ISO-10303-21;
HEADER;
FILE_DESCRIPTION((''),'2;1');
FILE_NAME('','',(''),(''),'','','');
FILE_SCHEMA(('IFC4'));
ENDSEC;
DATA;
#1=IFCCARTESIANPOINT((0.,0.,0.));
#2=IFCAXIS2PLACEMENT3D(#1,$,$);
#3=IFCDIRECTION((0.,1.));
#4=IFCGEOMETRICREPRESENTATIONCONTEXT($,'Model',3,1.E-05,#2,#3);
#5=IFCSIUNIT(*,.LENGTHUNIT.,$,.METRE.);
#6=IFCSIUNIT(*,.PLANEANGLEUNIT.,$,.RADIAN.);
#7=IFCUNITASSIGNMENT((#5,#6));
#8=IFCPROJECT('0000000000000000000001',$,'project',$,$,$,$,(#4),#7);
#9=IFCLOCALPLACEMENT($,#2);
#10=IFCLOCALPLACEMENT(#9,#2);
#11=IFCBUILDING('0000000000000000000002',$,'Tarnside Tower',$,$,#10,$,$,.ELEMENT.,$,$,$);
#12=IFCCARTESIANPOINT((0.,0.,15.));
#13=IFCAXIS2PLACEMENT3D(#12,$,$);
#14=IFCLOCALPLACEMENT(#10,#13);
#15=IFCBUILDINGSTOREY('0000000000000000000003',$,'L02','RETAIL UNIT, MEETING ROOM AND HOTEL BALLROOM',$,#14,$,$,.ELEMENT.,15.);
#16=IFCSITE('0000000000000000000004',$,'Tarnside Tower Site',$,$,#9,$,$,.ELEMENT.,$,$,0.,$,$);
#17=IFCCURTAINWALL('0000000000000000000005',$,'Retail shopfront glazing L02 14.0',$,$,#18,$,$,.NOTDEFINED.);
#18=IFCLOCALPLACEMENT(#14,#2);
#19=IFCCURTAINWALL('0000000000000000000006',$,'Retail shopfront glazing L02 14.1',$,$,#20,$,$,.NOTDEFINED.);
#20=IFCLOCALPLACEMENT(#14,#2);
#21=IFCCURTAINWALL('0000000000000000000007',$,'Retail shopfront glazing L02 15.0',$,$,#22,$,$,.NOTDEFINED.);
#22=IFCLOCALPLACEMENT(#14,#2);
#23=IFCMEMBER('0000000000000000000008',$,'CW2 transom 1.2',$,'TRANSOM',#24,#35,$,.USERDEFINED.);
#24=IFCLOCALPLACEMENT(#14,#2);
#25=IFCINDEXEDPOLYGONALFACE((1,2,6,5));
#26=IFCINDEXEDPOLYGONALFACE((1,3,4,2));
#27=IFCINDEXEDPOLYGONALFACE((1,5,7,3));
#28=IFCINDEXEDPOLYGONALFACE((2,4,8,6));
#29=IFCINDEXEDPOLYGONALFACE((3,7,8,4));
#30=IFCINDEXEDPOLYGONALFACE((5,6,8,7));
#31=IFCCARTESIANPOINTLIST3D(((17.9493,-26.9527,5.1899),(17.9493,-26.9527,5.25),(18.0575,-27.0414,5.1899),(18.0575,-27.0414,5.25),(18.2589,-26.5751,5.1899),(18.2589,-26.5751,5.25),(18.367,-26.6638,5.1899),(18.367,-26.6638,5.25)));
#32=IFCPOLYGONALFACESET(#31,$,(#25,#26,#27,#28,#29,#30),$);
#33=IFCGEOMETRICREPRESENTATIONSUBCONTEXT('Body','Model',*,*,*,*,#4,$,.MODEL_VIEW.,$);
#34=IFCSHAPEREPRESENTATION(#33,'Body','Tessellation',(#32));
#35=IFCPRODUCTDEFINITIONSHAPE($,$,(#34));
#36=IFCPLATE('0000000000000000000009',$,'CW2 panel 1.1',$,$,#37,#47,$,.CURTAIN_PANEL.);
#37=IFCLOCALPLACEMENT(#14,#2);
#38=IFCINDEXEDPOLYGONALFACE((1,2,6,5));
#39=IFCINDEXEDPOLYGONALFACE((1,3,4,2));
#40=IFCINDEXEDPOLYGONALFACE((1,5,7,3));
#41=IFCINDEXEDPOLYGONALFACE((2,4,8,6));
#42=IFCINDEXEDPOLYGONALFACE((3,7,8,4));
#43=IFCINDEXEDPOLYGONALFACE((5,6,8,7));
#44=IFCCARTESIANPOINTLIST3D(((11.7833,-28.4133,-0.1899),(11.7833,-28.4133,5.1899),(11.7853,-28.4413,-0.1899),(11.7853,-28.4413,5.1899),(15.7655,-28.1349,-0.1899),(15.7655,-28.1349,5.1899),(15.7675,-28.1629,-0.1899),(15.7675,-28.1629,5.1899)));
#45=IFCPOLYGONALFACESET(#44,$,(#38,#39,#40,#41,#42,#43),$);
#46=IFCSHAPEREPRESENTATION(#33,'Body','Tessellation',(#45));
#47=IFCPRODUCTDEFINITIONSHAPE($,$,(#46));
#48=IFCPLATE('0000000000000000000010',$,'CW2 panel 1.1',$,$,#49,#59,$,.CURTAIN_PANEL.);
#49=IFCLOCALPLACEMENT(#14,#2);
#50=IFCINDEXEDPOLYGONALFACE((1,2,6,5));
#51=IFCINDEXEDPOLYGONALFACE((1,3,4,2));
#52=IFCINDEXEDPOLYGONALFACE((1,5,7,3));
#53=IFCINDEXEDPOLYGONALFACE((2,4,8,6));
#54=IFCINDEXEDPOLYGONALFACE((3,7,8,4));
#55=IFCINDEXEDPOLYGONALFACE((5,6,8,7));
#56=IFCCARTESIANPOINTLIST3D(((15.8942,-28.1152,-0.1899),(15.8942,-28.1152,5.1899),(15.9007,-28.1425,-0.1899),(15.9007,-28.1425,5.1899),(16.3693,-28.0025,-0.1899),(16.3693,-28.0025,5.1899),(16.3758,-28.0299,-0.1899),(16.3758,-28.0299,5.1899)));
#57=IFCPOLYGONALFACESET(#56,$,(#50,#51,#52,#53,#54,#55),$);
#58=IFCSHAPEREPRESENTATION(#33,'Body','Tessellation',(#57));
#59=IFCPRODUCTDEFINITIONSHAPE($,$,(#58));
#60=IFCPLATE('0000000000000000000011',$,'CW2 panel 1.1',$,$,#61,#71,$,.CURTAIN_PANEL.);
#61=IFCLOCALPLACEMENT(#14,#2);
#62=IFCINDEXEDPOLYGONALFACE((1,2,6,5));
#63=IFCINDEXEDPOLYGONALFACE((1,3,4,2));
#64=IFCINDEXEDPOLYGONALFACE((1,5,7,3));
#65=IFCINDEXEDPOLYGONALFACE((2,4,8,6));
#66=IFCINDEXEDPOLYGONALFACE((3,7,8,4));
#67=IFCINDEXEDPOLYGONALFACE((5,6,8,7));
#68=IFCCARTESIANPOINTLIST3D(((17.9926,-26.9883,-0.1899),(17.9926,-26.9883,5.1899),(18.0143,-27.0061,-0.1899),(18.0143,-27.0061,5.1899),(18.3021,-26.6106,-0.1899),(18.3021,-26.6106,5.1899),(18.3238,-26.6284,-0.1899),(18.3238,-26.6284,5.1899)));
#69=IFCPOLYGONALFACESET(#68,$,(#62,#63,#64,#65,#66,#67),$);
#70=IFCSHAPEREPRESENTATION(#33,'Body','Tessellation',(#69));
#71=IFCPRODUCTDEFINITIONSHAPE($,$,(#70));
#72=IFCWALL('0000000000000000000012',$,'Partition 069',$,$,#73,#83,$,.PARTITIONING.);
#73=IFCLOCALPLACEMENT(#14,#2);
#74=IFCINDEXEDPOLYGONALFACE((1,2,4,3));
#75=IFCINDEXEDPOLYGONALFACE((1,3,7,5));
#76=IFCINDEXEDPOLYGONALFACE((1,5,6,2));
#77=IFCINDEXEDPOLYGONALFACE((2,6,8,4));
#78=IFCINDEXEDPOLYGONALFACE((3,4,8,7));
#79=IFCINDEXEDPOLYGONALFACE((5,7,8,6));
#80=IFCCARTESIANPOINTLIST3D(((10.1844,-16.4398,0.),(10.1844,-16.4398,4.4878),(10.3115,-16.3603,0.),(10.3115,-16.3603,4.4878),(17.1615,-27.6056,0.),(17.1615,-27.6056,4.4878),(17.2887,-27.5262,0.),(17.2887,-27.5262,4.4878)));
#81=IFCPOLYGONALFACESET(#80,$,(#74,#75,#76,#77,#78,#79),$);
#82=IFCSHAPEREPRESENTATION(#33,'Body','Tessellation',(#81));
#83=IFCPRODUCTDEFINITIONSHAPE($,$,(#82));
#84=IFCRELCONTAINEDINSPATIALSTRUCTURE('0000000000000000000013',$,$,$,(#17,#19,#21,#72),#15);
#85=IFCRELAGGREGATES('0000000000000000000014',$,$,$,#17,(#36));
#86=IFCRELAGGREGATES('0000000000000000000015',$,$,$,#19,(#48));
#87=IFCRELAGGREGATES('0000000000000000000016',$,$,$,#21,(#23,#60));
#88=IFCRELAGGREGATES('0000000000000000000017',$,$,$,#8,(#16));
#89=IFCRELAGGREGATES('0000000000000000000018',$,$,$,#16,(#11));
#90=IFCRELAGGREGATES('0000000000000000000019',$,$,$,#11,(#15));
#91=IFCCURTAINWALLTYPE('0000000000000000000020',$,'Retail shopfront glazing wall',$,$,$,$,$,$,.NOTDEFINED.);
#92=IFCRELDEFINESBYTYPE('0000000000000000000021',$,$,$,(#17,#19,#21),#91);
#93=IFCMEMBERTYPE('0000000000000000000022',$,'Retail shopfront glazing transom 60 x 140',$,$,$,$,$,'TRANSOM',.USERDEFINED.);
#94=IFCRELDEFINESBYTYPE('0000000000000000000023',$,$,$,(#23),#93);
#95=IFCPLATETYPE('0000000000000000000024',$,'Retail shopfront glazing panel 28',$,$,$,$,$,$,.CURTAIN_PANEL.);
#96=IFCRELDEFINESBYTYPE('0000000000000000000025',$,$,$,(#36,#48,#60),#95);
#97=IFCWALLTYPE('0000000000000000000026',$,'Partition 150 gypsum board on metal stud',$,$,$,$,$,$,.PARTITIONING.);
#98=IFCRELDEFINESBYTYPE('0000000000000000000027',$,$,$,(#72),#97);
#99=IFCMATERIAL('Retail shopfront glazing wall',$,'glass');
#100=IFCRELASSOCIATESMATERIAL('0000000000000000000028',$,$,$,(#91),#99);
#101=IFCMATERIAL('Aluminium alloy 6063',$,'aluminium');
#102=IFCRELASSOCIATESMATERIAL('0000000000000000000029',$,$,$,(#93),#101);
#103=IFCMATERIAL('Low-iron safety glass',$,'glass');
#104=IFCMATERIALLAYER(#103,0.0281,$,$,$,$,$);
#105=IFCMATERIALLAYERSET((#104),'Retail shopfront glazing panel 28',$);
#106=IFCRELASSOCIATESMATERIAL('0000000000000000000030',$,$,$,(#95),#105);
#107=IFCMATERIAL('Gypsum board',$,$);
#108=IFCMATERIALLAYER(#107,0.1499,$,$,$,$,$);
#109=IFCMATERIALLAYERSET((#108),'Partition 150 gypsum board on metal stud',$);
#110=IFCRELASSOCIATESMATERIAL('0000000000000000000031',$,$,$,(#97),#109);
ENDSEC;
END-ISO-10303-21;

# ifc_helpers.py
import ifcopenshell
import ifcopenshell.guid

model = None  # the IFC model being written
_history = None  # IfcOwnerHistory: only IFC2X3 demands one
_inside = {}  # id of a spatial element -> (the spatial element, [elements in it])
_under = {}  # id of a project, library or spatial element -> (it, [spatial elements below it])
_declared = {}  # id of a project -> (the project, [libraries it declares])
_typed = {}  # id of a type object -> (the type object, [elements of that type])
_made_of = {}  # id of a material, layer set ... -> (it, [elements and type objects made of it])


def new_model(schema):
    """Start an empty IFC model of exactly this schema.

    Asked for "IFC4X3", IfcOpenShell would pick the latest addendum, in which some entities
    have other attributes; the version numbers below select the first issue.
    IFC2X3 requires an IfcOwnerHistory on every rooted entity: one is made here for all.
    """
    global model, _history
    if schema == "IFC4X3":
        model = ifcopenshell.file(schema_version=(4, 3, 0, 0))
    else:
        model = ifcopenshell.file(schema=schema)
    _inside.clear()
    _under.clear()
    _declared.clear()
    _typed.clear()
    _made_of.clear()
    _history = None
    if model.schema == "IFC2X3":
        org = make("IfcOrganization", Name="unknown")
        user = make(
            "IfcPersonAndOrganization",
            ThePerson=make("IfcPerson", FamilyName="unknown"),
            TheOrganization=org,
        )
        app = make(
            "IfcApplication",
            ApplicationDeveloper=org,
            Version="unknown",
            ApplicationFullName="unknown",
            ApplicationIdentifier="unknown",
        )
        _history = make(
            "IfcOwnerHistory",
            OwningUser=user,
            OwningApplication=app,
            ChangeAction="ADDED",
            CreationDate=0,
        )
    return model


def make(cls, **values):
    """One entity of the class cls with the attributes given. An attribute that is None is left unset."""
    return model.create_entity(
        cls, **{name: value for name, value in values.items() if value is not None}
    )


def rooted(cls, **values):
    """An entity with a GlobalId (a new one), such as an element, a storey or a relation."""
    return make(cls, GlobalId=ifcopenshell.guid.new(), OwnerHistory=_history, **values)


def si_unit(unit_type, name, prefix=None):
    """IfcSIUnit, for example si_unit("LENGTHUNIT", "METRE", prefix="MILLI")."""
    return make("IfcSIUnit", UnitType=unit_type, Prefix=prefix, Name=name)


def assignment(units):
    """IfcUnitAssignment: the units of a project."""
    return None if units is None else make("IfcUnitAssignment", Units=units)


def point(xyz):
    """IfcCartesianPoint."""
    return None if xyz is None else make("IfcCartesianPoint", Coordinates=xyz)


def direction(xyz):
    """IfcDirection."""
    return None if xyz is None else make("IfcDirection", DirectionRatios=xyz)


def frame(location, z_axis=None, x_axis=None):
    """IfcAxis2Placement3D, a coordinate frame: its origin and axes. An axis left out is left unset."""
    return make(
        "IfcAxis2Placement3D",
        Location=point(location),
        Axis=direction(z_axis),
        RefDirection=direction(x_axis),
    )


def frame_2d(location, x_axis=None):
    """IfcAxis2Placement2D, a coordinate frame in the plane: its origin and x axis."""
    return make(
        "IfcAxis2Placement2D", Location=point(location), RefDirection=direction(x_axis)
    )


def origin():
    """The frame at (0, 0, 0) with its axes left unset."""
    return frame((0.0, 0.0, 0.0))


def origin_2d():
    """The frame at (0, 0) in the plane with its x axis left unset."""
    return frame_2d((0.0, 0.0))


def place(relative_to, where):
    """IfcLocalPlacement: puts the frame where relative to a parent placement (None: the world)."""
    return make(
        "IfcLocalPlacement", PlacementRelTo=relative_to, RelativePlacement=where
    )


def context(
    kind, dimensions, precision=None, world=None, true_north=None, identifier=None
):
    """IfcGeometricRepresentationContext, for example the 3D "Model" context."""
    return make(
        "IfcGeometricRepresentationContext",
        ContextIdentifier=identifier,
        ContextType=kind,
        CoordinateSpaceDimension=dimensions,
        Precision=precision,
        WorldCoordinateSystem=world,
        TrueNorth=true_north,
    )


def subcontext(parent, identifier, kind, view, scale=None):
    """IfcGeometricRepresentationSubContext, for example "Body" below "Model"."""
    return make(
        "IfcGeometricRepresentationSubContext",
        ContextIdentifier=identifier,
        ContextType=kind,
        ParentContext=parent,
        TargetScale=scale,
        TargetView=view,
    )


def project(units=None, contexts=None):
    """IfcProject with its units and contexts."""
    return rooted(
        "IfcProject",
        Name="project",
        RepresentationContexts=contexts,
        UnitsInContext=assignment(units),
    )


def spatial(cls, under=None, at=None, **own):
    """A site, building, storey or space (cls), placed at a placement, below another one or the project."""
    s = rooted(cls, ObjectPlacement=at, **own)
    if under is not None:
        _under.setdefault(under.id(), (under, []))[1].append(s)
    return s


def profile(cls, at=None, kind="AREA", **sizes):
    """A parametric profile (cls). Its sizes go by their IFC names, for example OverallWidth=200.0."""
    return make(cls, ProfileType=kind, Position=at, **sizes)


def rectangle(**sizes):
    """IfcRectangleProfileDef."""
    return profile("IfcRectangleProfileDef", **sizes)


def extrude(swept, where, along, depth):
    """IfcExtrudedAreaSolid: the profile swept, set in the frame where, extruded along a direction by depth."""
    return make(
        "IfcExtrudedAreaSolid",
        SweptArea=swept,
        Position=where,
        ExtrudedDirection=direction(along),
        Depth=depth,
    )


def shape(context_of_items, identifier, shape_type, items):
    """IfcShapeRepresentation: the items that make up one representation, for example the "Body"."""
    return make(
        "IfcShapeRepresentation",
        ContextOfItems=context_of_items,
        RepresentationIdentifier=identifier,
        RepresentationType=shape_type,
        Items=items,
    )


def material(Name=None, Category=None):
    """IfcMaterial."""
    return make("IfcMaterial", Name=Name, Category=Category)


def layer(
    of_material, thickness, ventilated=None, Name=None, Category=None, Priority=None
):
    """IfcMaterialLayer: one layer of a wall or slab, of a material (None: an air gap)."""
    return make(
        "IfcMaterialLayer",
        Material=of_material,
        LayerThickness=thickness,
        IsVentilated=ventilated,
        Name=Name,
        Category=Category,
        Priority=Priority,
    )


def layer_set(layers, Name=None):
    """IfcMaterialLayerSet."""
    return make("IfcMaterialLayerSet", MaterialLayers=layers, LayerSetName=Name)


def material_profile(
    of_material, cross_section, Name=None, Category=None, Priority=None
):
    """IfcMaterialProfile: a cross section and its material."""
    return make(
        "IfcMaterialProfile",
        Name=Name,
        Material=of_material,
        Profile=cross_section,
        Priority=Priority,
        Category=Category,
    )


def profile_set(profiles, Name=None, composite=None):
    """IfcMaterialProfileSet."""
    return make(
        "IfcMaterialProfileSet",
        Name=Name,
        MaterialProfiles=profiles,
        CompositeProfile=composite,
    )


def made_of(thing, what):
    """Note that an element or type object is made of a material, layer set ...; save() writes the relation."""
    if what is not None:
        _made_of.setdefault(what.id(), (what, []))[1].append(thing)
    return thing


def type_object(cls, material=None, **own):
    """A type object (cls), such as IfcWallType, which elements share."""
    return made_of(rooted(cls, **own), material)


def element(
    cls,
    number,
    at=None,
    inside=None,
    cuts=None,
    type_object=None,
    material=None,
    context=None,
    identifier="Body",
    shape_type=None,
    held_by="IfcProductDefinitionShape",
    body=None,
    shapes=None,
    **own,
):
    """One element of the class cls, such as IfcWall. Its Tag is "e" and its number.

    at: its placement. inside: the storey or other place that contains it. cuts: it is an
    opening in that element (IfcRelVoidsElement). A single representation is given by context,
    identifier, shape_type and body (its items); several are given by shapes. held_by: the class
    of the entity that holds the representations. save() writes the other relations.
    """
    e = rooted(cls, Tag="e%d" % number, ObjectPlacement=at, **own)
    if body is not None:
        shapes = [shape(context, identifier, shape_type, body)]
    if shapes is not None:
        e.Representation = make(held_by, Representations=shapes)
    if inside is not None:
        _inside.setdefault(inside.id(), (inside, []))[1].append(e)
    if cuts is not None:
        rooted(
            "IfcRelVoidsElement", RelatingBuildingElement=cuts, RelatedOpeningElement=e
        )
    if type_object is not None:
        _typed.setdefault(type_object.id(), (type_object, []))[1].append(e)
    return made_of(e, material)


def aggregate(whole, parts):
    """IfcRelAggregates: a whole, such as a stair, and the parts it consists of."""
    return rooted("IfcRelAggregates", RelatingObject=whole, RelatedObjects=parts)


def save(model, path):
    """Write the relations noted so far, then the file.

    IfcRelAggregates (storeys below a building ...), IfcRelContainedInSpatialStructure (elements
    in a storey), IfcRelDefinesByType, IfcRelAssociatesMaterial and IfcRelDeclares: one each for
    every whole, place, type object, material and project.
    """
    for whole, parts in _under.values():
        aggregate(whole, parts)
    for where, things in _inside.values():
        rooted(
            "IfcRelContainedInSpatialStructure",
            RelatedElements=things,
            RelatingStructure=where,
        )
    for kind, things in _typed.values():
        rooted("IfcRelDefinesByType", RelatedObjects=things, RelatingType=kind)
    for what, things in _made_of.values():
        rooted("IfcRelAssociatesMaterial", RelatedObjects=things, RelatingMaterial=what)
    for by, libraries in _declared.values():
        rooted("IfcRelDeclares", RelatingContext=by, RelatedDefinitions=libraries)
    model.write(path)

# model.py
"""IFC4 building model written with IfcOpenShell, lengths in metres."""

from ifc_helpers import new_model, si_unit, direction, frame, frame_2d, origin, origin_2d, place, context, subcontext, project, spatial, rectangle, extrude, material, layer, layer_set, material_profile, profile_set, type_object, element, aggregate, save


model = new_model("IFC4")

# Units and contexts
model_context = context("Model", 3, precision=1e-05, world=origin(), true_north=direction((0.0, 1.0)))
body_context = subcontext(model_context, "Body", "Model", "MODEL_VIEW")
ifc_project = project(units=[si_unit("LENGTHUNIT", "METRE"), si_unit("PLANEANGLEUNIT", "RADIAN")], contexts=[model_context])

# Site, building, storey
site_placement = place(None, origin())
site = spatial("IfcSite", under=ifc_project, at=site_placement, Name="Tarnside Tower Site", CompositionType="ELEMENT", RefElevation=0.0)
building_placement = place(site_placement, origin())
building = spatial("IfcBuilding", under=site, at=building_placement, Name="Tarnside Tower", CompositionType="ELEMENT")
storey_placement = place(building_placement, frame((0.0, 0.0, 15.0)))
storey = spatial("IfcBuildingStorey", under=building, at=storey_placement, Name="L02", Description="RETAIL UNIT, MEETING ROOM AND HOTEL BALLROOM", CompositionType="ELEMENT", Elevation=15.0)

# Curtain walls
ifc_material_1 = material(Name="Retail shopfront glazing wall", Category="glass")
curtain_wall_type = type_object("IfcCurtainWallType", Name="Retail shopfront glazing wall", PredefinedType="NOTDEFINED", material=ifc_material_1)
curtain_wall_1_placement = place(storey_placement, origin())
curtain_wall_1 = element("IfcCurtainWall", 1, at=curtain_wall_1_placement, inside=storey, type_object=curtain_wall_type, Name="Retail shopfront glazing L02 14.0", PredefinedType="NOTDEFINED")
ifc_material_2 = material(Name="Aluminium alloy 6063", Category="aluminium")
curtain_wall_2_placement = place(storey_placement, origin())
curtain_wall_2 = element("IfcCurtainWall", 2, at=curtain_wall_2_placement, inside=storey, type_object=curtain_wall_type, Name="Retail shopfront glazing L02 14.1", PredefinedType="NOTDEFINED")

# Curtain wall
curtain_wall_3_placement = place(storey_placement, origin())
curtain_wall_3 = element("IfcCurtainWall", 3, at=curtain_wall_3_placement, inside=storey, type_object=curtain_wall_type, Name="Retail shopfront glazing L02 15.0", PredefinedType="NOTDEFINED")

# Member
ifc_material_profile_1 = material_profile(ifc_material_2, rectangle(XDim=0.1399, YDim=0.0601, at=origin_2d()), Name="Retail shopfront glazing transom 60 x 140")
ifc_profile_set_1 = profile_set([ifc_material_profile_1], Name="Aluminium alloy 6063")
member_type_1 = type_object("IfcMemberType", Name="Retail shopfront glazing transom 60 x 140", ElementType="TRANSOM", PredefinedType="USERDEFINED", material=ifc_profile_set_1)
member_1_placement = place(storey_placement, frame((18.0034, -26.9971, 5.22), z_axis=(0.633918, 0.7734, 0.0), x_axis=(-0.7734, 0.633918, 0.0)))
member_1 = element("IfcMember", 4, at=member_1_placement, type_object=member_type_1, Name="CW2 transom 1.2", ObjectType="TRANSOM", PredefinedType="USERDEFINED", context=body_context, shape_type="SweptSolid", body=[
    extrude(rectangle(XDim=0.1399, YDim=0.0601, at=origin_2d()), origin(), (0.0, 0.0, 1.0), 0.4883),
])

# Plates
ifc_material_3 = material(Name="Low-iron safety glass", Category="glass")
ifc_layer_1 = layer(ifc_material_3, 0.0281)
ifc_layer_set_1 = layer_set([ifc_layer_1], Name="Retail shopfront glazing panel 28")
plate_type = type_object("IfcPlateType", Name="Retail shopfront glazing panel 28", PredefinedType="CURTAIN_PANEL", material=ifc_layer_set_1)
plate_1_placement = place(storey_placement, frame((13.7754, -28.2881, -0.1899), z_axis=(0.0, 0.0, 1.0), x_axis=(0.997564, 0.069756, 0.0)))
plate_1 = element("IfcPlate", 5, at=plate_1_placement, type_object=plate_type, Name="CW2 panel 1.1", PredefinedType="CURTAIN_PANEL", context=body_context, shape_type="SweptSolid", body=[
    extrude(rectangle(XDim=3.9919, YDim=0.0281, at=origin_2d()), origin(), (0.0, 0.0, 1.0), 5.3799),
])
aggregate(curtain_wall_1, [plate_1])
plate_2_placement = place(storey_placement, frame((16.135, -28.0725, -0.1899), z_axis=(0.0, 0.0, 1.0), x_axis=(0.973045, 0.230616, 0.0)))
plate_2 = element("IfcPlate", 6, at=plate_2_placement, type_object=plate_type, Name="CW2 panel 1.1", PredefinedType="CURTAIN_PANEL", context=body_context, shape_type="SweptSolid", body=[
    extrude(rectangle(XDim=0.4883, YDim=0.0281, at=origin_2d()), origin(), (0.0, 0.0, 1.0), 5.3799),
])
aggregate(curtain_wall_2, [plate_2])
plate_3_placement = place(storey_placement, frame((18.1582, -26.8083, -0.1899), z_axis=(0.0, 0.0, 1.0), x_axis=(0.633831, 0.773472, 0.0)))
plate_3 = element("IfcPlate", 7, at=plate_3_placement, type_object=plate_type, Name="CW2 panel 1.1", PredefinedType="CURTAIN_PANEL", context=body_context, shape_type="SweptSolid", body=[
    extrude(rectangle(XDim=0.4883, YDim=0.0281, at=origin_2d()), origin(), (0.0, 0.0, 1.0), 5.3799),
])
aggregate(curtain_wall_3, [member_1, plate_3])

# Wall
ifc_material_4 = material(Name="Gypsum board")
ifc_layer_2 = layer(ifc_material_4, 0.1499)
ifc_layer_set_2 = layer_set([ifc_layer_2], Name="Partition 150 gypsum board on metal stud")
wall_type = type_object("IfcWallType", Name="Partition 150 gypsum board on metal stud", PredefinedType="PARTITIONING", material=ifc_layer_set_2)
wall_placement = place(storey_placement, frame((17.2251, -27.5659, 0.0), z_axis=(0.0, 0.0, 1.0), x_axis=(-0.529914, 0.848051, 0.0)))
element("IfcWall", 8, at=wall_placement, inside=storey, type_object=wall_type, Name="Partition 069", PredefinedType="PARTITIONING", context=body_context, shape_type="SweptSolid", body=[
    extrude(rectangle(XDim=13.1665, YDim=0.1499, at=frame_2d((6.5833, 0.0))), origin(), (0.0, 0.0, 1.0), 4.4878),
])

save(model, "model.ifc")
